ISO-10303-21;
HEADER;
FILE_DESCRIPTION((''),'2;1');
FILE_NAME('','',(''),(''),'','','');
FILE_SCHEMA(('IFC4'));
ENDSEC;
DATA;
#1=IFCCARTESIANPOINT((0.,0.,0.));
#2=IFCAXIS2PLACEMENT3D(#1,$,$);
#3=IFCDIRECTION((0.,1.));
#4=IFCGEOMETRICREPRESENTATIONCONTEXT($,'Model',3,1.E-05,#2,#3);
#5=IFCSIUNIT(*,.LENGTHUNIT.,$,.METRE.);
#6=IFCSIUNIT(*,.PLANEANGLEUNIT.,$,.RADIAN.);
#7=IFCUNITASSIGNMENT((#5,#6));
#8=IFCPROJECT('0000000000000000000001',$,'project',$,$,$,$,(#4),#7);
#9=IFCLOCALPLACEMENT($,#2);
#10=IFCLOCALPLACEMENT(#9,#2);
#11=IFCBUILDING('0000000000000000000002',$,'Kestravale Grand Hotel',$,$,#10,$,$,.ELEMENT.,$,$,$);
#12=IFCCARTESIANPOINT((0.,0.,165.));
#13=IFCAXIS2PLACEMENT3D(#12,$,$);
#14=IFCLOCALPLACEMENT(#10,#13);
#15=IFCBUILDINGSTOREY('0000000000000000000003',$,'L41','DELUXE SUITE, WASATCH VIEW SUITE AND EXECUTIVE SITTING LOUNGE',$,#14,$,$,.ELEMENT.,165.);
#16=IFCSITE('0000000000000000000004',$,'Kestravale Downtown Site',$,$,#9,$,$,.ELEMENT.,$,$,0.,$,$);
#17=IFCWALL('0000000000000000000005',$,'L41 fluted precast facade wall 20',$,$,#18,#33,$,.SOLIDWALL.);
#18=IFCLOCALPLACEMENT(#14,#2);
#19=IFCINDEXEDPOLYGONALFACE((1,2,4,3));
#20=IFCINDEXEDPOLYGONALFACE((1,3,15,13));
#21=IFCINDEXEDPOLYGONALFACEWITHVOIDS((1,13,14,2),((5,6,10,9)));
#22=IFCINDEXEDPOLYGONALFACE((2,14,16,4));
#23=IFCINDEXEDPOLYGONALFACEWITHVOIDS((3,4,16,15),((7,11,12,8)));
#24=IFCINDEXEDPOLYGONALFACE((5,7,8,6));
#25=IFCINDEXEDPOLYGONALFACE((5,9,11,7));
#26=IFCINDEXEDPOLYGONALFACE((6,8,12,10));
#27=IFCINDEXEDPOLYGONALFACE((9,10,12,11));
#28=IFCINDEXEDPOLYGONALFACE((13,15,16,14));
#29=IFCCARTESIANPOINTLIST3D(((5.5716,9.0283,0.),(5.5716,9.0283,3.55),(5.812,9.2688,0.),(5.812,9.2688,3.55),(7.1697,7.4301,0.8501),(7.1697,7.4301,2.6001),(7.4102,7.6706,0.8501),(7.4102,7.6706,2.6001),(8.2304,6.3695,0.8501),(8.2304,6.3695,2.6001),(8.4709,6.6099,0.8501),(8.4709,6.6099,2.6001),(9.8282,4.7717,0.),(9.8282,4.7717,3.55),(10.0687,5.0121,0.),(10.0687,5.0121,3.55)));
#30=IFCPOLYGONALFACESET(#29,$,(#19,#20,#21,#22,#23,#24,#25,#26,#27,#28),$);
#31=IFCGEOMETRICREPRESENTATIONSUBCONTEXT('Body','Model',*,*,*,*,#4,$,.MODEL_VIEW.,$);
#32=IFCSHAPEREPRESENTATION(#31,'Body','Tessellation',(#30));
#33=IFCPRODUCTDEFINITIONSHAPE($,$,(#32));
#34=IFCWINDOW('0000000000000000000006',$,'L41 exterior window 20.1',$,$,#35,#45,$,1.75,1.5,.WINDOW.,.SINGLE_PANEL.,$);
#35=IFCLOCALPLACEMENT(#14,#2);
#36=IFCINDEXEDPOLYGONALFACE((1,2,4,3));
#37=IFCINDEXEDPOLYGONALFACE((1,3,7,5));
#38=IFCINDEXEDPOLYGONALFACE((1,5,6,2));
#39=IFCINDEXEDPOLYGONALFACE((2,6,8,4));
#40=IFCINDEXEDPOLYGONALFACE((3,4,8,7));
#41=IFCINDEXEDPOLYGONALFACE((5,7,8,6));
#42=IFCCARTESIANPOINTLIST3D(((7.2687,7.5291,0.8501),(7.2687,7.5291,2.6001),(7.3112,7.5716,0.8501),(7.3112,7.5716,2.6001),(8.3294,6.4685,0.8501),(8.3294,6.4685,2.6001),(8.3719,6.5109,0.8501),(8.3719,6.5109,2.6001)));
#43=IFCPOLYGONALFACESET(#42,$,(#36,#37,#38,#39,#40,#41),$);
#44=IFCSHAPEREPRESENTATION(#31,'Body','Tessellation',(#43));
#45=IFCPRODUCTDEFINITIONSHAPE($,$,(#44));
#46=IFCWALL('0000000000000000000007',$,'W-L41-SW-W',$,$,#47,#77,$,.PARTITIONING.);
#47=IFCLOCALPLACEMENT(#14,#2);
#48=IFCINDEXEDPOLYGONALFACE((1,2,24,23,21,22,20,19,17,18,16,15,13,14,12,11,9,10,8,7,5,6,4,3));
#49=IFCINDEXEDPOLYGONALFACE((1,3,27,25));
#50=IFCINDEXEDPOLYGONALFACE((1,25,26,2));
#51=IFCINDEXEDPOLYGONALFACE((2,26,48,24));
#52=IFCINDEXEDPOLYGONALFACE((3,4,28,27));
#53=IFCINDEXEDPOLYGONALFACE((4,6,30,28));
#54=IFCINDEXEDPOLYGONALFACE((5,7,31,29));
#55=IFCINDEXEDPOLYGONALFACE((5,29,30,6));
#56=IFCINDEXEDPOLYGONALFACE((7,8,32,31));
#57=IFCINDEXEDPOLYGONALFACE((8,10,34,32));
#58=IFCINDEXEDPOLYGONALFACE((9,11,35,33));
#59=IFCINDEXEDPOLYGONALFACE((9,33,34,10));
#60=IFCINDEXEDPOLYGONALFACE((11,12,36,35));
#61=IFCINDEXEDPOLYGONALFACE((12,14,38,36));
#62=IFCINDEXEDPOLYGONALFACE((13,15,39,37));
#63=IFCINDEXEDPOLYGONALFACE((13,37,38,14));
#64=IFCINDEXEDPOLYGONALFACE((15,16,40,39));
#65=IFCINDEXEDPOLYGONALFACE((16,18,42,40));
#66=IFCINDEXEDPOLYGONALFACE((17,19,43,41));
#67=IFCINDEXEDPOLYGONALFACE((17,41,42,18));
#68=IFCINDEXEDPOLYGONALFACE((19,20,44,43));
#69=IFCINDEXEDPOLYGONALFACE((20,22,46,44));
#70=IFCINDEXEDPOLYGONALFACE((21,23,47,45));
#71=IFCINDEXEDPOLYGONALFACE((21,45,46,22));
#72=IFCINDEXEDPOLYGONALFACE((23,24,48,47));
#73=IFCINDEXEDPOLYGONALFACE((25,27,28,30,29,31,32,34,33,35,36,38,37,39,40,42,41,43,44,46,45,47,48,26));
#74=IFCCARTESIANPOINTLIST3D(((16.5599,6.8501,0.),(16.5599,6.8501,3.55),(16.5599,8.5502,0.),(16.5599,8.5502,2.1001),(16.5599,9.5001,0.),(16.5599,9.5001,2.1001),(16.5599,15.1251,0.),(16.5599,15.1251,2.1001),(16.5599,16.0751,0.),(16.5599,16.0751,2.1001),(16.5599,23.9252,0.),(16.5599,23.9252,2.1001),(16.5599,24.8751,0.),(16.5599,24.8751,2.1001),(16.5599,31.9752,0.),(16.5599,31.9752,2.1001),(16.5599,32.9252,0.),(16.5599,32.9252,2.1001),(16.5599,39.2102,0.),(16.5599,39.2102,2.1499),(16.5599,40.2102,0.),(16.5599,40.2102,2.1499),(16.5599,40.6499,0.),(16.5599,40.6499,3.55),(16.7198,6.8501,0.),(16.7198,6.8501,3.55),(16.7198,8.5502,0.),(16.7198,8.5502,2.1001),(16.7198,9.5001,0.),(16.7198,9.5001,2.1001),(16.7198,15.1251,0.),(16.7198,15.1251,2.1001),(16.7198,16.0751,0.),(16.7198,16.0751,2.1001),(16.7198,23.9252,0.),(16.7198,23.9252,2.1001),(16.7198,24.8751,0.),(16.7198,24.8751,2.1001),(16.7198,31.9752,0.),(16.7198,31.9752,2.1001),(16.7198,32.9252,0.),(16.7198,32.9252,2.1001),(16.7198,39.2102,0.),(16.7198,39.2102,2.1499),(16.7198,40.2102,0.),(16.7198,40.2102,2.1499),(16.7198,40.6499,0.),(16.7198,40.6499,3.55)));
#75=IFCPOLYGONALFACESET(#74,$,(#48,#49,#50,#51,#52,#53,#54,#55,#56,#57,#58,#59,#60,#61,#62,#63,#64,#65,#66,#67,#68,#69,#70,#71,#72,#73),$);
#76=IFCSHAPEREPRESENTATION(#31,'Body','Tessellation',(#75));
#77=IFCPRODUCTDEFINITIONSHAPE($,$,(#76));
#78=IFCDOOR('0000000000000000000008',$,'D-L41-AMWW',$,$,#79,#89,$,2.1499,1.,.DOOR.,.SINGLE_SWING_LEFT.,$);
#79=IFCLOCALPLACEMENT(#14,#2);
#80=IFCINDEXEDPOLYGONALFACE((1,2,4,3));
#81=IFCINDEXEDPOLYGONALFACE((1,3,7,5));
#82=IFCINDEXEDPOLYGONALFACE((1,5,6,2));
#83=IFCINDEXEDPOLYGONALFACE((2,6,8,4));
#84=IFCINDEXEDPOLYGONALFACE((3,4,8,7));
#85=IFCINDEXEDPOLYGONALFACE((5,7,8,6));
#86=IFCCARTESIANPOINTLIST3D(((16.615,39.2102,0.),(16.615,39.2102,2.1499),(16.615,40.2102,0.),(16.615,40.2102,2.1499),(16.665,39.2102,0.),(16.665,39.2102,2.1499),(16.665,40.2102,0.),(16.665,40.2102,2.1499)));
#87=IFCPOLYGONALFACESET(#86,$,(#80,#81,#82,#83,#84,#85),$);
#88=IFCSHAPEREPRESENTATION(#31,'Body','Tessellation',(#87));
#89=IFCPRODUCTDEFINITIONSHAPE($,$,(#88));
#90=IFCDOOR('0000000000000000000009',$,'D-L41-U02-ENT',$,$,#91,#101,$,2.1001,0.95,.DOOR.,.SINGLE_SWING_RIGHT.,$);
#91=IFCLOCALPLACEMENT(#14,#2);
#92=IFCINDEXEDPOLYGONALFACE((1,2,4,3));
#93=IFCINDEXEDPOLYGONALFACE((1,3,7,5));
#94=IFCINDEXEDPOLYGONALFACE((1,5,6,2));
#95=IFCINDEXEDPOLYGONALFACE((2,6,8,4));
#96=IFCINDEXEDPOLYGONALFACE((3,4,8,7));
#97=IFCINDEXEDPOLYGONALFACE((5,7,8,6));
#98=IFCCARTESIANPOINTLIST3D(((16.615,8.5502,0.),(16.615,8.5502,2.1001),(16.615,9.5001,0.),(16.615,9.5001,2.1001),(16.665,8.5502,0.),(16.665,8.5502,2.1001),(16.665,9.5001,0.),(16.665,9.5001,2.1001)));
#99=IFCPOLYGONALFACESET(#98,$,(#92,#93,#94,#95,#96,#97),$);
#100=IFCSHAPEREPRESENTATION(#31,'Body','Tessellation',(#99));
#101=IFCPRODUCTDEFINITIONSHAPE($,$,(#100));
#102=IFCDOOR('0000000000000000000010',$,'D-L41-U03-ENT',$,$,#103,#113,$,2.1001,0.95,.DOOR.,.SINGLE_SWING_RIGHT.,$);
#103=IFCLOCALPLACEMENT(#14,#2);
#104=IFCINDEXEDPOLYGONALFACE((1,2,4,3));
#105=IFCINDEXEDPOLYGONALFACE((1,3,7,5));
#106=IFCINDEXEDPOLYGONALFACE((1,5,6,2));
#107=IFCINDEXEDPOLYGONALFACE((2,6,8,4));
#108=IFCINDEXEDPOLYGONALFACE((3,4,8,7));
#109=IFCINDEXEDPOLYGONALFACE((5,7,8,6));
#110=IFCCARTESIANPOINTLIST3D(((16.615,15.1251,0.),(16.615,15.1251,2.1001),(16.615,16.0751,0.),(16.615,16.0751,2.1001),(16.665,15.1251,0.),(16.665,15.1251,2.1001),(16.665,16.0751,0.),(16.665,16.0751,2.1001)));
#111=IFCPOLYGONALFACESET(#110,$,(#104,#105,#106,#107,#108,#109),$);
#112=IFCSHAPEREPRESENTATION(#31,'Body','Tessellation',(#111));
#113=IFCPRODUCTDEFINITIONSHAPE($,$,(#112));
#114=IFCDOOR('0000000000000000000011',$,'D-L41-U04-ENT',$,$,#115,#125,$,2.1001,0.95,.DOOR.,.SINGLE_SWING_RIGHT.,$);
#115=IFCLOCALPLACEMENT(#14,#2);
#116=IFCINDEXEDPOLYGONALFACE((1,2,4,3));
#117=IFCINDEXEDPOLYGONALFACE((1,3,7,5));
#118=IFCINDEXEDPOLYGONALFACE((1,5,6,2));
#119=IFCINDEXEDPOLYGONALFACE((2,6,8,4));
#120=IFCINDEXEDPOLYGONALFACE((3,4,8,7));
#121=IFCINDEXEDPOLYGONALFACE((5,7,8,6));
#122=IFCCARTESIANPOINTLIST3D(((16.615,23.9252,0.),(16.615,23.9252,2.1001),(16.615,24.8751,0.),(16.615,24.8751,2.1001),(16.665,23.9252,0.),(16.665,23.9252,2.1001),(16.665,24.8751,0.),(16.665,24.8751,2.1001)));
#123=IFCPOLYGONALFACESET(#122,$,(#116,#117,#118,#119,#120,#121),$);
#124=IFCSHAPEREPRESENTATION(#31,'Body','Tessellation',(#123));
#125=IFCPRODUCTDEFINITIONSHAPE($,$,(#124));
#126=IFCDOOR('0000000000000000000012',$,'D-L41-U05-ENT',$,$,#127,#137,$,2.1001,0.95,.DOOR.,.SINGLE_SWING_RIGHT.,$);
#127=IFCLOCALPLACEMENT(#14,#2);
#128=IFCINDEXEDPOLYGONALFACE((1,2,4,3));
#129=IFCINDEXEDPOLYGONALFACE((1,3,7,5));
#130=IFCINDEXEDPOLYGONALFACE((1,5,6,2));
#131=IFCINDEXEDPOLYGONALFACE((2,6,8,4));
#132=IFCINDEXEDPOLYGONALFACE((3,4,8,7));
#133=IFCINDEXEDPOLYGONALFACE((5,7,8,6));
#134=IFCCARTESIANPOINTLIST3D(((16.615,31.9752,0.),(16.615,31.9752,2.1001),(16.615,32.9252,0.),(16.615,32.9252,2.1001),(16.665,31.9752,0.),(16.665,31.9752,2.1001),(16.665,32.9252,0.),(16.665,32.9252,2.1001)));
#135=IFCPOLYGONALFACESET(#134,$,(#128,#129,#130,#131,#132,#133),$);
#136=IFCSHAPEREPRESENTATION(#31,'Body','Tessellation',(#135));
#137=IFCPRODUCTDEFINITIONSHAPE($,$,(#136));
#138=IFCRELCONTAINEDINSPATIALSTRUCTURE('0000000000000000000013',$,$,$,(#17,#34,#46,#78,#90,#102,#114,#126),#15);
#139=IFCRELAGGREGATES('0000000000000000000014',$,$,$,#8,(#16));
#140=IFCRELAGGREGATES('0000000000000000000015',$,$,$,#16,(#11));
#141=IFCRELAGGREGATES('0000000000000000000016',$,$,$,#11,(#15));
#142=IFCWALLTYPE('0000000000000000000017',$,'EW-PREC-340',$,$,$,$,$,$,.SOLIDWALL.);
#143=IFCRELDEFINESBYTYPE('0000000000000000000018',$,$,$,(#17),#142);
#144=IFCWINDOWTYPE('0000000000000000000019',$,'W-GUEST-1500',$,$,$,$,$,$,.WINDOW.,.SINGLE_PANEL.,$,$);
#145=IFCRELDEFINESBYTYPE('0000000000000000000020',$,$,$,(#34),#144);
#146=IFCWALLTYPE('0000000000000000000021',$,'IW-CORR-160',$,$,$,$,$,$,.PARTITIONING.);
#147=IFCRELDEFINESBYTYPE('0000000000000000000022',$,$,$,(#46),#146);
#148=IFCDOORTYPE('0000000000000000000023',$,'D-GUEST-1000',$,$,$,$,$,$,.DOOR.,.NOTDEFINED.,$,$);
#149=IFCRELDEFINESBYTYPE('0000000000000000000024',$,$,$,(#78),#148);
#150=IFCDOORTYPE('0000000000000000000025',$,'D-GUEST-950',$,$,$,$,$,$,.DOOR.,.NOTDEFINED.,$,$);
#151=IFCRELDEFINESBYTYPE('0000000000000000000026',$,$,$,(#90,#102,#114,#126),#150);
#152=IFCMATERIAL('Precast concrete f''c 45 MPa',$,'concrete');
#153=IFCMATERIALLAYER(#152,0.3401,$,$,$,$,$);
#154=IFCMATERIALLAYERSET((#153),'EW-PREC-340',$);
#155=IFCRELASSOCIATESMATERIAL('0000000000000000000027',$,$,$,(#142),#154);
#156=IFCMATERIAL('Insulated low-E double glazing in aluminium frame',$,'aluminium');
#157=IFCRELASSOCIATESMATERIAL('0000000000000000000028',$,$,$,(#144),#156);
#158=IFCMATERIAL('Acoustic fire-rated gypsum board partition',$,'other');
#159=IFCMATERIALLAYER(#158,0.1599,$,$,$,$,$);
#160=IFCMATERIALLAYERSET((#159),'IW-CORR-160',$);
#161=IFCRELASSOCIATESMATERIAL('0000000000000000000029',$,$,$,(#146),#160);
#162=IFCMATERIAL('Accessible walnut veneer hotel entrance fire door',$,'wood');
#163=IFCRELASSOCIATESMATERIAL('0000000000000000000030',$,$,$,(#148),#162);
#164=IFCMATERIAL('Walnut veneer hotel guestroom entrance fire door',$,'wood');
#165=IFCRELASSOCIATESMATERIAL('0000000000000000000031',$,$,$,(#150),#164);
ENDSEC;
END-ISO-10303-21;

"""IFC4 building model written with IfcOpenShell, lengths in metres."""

from ifc_helpers import new_model, si_unit, direction, frame, frame_2d, origin, place, context, subcontext, project, spatial, rectangle, extrude, material, layer, layer_set, type_object, element, fill, save


model = new_model("IFC4")

# Units and contexts
model_context = context("Model", 3, precision=1e-05, world=origin(), true_north=direction((0.0, 1.0)))
body_context = subcontext(model_context, "Body", "Model", "MODEL_VIEW")
ifc_project = project(units=[si_unit("LENGTHUNIT", "METRE"), si_unit("PLANEANGLEUNIT", "RADIAN")], contexts=[model_context])

# Site, building, storey
site_placement = place(None, origin())
site = spatial("IfcSite", under=ifc_project, at=site_placement, Name="Kestravale Downtown Site", CompositionType="ELEMENT", RefElevation=0.0)
building_placement = place(site_placement, origin())
building = spatial("IfcBuilding", under=site, at=building_placement, Name="Kestravale Grand Hotel", CompositionType="ELEMENT")
storey_placement = place(building_placement, frame((0.0, 0.0, 165.0)))
storey = spatial("IfcBuildingStorey", under=building, at=storey_placement, Name="L41", Description="DELUXE SUITE, WASATCH VIEW SUITE AND EXECUTIVE SITTING LOUNGE", CompositionType="ELEMENT", Elevation=165.0)

# Shared definitions
ifc_material_1 = material(Name="Precast concrete f'c 45 MPa", Category="concrete")
ifc_layer_1 = layer(ifc_material_1, 0.3401)
ifc_layer_set_1 = layer_set([ifc_layer_1], Name="EW-PREC-340")
wall_type_1 = type_object("IfcWallType", Name="EW-PREC-340", PredefinedType="SOLIDWALL", material=ifc_layer_set_1)
ifc_material_2 = material(Name="Insulated low-E double glazing in aluminium frame", Category="aluminium")
window_type = type_object("IfcWindowType", Name="W-GUEST-1500", PartitioningType="SINGLE_PANEL", PredefinedType="WINDOW", material=ifc_material_2)

# Wall, opening, window
wall_1_placement = place(storey_placement, frame((5.6919, 9.1484, 0.0), z_axis=(0.0, 0.0, 1.0), x_axis=(0.707107, -0.707107, 0.0)))
wall_1 = element("IfcWall", 1, at=wall_1_placement, inside=storey, type_object=wall_type_1, Name="L41 fluted precast facade wall 20", PredefinedType="SOLIDWALL", context=body_context, shape_type="SweptSolid", body=[
    extrude(rectangle(XDim=6.0198, YDim=0.3401, at=frame_2d((3.0098, 0.0))), origin(), (0.0, 0.0, 1.0), 3.55),
])
opening_1_placement = place(wall_1_placement, frame((2.26, 0.0, 0.8501)))
opening_1 = element("IfcOpeningElement", 2, at=opening_1_placement, cuts=wall_1, PredefinedType="OPENING", context=body_context, shape_type="SweptSolid", body=[
    extrude(rectangle(XDim=1.5, YDim=1.75, at=frame_2d((0.75, 0.875))), frame((0.0, 0.1799, 0.0), z_axis=(0.0, -1.0, 0.0), x_axis=(1.0, 0.0, 0.0)), (0.0, 0.0, 1.0), 0.3601),
])
window_1_placement = place(opening_1_placement, origin())
window_1 = element("IfcWindow", 3, at=window_1_placement, inside=storey, type_object=window_type, Name="L41 exterior window 20.1", OverallHeight=1.75, OverallWidth=1.5, PartitioningType="SINGLE_PANEL", PredefinedType="WINDOW", context=body_context, shape_type="SweptSolid", body=[
    extrude(rectangle(XDim=1.5, YDim=1.75, at=frame_2d((0.75, 0.875))), frame((0.0, 0.03, 0.0), z_axis=(0.0, -1.0, 0.0), x_axis=(1.0, 0.0, 0.0)), (0.0, 0.0, 1.0), 0.0601),
])
fill(opening_1, window_1)

# Wall, openings, doors
ifc_material_3 = material(Name="Acoustic fire-rated gypsum board partition", Category="other")
ifc_layer_2 = layer(ifc_material_3, 0.1599)
ifc_layer_set_2 = layer_set([ifc_layer_2], Name="IW-CORR-160")
wall_type_2 = type_object("IfcWallType", Name="IW-CORR-160", PredefinedType="PARTITIONING", material=ifc_layer_set_2)
wall_2_placement = place(storey_placement, frame((16.6399, 6.8501, 0.0), z_axis=(0.0, 0.0, 1.0), x_axis=(0.0, 1.0, 0.0)))
wall_2 = element("IfcWall", 4, at=wall_2_placement, inside=storey, type_object=wall_type_2, Name="W-L41-SW-W", PredefinedType="PARTITIONING", context=body_context, shape_type="SweptSolid", body=[
    extrude(rectangle(XDim=33.7998, YDim=0.1599, at=frame_2d((16.8999, 0.0))), origin(), (0.0, 0.0, 1.0), 3.55),
])
opening_2_placement = place(wall_2_placement, frame((1.7, 0.0, 0.0)))
opening_2 = element("IfcOpeningElement", 5, at=opening_2_placement, cuts=wall_2, PredefinedType="OPENING", context=body_context, shape_type="SweptSolid", body=[
    extrude(rectangle(XDim=0.95, YDim=2.1001, at=frame_2d((0.4751, 1.05))), frame((0.0, 0.0898, 0.0), z_axis=(0.0, -1.0, 0.0), x_axis=(1.0, 0.0, 0.0)), (0.0, 0.0, 1.0), 0.1799),
])
opening_3_placement = place(wall_2_placement, frame((8.2749, 0.0, 0.0)))
opening_3 = element("IfcOpeningElement", 6, at=opening_3_placement, cuts=wall_2, PredefinedType="OPENING", context=body_context, shape_type="SweptSolid", body=[
    extrude(rectangle(XDim=0.95, YDim=2.1001, at=frame_2d((0.4751, 1.05))), frame((0.0, 0.0898, 0.0), z_axis=(0.0, -1.0, 0.0), x_axis=(1.0, 0.0, 0.0)), (0.0, 0.0, 1.0), 0.1799),
])
opening_4_placement = place(wall_2_placement, frame((17.075, 0.0, 0.0)))
opening_4 = element("IfcOpeningElement", 7, at=opening_4_placement, cuts=wall_2, PredefinedType="OPENING", context=body_context, shape_type="SweptSolid", body=[
    extrude(rectangle(XDim=0.95, YDim=2.1001, at=frame_2d((0.4751, 1.05))), frame((0.0, 0.0898, 0.0), z_axis=(0.0, -1.0, 0.0), x_axis=(1.0, 0.0, 0.0)), (0.0, 0.0, 1.0), 0.1799),
])
opening_5_placement = place(wall_2_placement, frame((25.125, 0.0, 0.0)))
opening_5 = element("IfcOpeningElement", 8, at=opening_5_placement, cuts=wall_2, PredefinedType="OPENING", context=body_context, shape_type="SweptSolid", body=[
    extrude(rectangle(XDim=0.95, YDim=2.1001, at=frame_2d((0.4751, 1.05))), frame((0.0, 0.0898, 0.0), z_axis=(0.0, -1.0, 0.0), x_axis=(1.0, 0.0, 0.0)), (0.0, 0.0, 1.0), 0.1799),
])
opening_6_placement = place(wall_2_placement, frame((32.3601, 0.0, 0.0)))
opening_6 = element("IfcOpeningElement", 9, at=opening_6_placement, cuts=wall_2, PredefinedType="OPENING", context=body_context, shape_type="SweptSolid", body=[
    extrude(rectangle(XDim=1.0, YDim=2.1499, at=frame_2d((0.5, 1.075))), frame((0.0, 0.0898, 0.0), z_axis=(0.0, -1.0, 0.0), x_axis=(1.0, 0.0, 0.0)), (0.0, 0.0, 1.0), 0.1799),
])
ifc_material_4 = material(Name="Accessible walnut veneer hotel entrance fire door", Category="wood")
door_type_1 = type_object("IfcDoorType", Name="D-GUEST-1000", OperationType="NOTDEFINED", PredefinedType="DOOR", material=ifc_material_4)
door_1_placement = place(opening_6_placement, origin())
door_1 = element("IfcDoor", 10, at=door_1_placement, inside=storey, type_object=door_type_1, Name="D-L41-AMWW", OperationType="SINGLE_SWING_LEFT", OverallHeight=2.1499, OverallWidth=1.0, PredefinedType="DOOR", context=body_context, shape_type="SweptSolid", body=[
    extrude(rectangle(XDim=1.0, YDim=2.1499, at=frame_2d((0.5, 1.075))), frame((0.0, 0.0249, 0.0), z_axis=(0.0, -1.0, 0.0), x_axis=(1.0, 0.0, 0.0)), (0.0, 0.0, 1.0), 0.05),
])
fill(opening_6, door_1)
ifc_material_5 = material(Name="Walnut veneer hotel guestroom entrance fire door", Category="wood")
door_type_2 = type_object("IfcDoorType", Name="D-GUEST-950", OperationType="NOTDEFINED", PredefinedType="DOOR", material=ifc_material_5)
door_2_placement = place(opening_2_placement, origin())
door_2 = element("IfcDoor", 11, at=door_2_placement, inside=storey, type_object=door_type_2, Name="D-L41-U02-ENT", OperationType="SINGLE_SWING_RIGHT", OverallHeight=2.1001, OverallWidth=0.95, PredefinedType="DOOR", context=body_context, shape_type="SweptSolid", body=[
    extrude(rectangle(XDim=0.95, YDim=2.1001, at=frame_2d((0.4751, 1.05))), frame((0.0, 0.0249, 0.0), z_axis=(0.0, -1.0, 0.0), x_axis=(1.0, 0.0, 0.0)), (0.0, 0.0, 1.0), 0.05),
])
fill(opening_2, door_2)
door_3_placement = place(opening_3_placement, origin())
door_3 = element("IfcDoor", 12, at=door_3_placement, inside=storey, type_object=door_type_2, Name="D-L41-U03-ENT", OperationType="SINGLE_SWING_RIGHT", OverallHeight=2.1001, OverallWidth=0.95, PredefinedType="DOOR", context=body_context, shape_type="SweptSolid", body=[
    extrude(rectangle(XDim=0.95, YDim=2.1001, at=frame_2d((0.4751, 1.05))), frame((0.0, 0.0249, 0.0), z_axis=(0.0, -1.0, 0.0), x_axis=(1.0, 0.0, 0.0)), (0.0, 0.0, 1.0), 0.05),
])
fill(opening_3, door_3)
door_4_placement = place(opening_4_placement, origin())
door_4 = element("IfcDoor", 13, at=door_4_placement, inside=storey, type_object=door_type_2, Name="D-L41-U04-ENT", OperationType="SINGLE_SWING_RIGHT", OverallHeight=2.1001, OverallWidth=0.95, PredefinedType="DOOR", context=body_context, shape_type="SweptSolid", body=[
    extrude(rectangle(XDim=0.95, YDim=2.1001, at=frame_2d((0.4751, 1.05))), frame((0.0, 0.0249, 0.0), z_axis=(0.0, -1.0, 0.0), x_axis=(1.0, 0.0, 0.0)), (0.0, 0.0, 1.0), 0.05),
])
fill(opening_4, door_4)
door_5_placement = place(opening_5_placement, origin())
door_5 = element("IfcDoor", 14, at=door_5_placement, inside=storey, type_object=door_type_2, Name="D-L41-U05-ENT", OperationType="SINGLE_SWING_RIGHT", OverallHeight=2.1001, OverallWidth=0.95, PredefinedType="DOOR", context=body_context, shape_type="SweptSolid", body=[
    extrude(rectangle(XDim=0.95, YDim=2.1001, at=frame_2d((0.4751, 1.05))), frame((0.0, 0.0249, 0.0), z_axis=(0.0, -1.0, 0.0), x_axis=(1.0, 0.0, 0.0)), (0.0, 0.0, 1.0), 0.05),
])
fill(opening_5, door_5)

save(model, "model.ifc")
